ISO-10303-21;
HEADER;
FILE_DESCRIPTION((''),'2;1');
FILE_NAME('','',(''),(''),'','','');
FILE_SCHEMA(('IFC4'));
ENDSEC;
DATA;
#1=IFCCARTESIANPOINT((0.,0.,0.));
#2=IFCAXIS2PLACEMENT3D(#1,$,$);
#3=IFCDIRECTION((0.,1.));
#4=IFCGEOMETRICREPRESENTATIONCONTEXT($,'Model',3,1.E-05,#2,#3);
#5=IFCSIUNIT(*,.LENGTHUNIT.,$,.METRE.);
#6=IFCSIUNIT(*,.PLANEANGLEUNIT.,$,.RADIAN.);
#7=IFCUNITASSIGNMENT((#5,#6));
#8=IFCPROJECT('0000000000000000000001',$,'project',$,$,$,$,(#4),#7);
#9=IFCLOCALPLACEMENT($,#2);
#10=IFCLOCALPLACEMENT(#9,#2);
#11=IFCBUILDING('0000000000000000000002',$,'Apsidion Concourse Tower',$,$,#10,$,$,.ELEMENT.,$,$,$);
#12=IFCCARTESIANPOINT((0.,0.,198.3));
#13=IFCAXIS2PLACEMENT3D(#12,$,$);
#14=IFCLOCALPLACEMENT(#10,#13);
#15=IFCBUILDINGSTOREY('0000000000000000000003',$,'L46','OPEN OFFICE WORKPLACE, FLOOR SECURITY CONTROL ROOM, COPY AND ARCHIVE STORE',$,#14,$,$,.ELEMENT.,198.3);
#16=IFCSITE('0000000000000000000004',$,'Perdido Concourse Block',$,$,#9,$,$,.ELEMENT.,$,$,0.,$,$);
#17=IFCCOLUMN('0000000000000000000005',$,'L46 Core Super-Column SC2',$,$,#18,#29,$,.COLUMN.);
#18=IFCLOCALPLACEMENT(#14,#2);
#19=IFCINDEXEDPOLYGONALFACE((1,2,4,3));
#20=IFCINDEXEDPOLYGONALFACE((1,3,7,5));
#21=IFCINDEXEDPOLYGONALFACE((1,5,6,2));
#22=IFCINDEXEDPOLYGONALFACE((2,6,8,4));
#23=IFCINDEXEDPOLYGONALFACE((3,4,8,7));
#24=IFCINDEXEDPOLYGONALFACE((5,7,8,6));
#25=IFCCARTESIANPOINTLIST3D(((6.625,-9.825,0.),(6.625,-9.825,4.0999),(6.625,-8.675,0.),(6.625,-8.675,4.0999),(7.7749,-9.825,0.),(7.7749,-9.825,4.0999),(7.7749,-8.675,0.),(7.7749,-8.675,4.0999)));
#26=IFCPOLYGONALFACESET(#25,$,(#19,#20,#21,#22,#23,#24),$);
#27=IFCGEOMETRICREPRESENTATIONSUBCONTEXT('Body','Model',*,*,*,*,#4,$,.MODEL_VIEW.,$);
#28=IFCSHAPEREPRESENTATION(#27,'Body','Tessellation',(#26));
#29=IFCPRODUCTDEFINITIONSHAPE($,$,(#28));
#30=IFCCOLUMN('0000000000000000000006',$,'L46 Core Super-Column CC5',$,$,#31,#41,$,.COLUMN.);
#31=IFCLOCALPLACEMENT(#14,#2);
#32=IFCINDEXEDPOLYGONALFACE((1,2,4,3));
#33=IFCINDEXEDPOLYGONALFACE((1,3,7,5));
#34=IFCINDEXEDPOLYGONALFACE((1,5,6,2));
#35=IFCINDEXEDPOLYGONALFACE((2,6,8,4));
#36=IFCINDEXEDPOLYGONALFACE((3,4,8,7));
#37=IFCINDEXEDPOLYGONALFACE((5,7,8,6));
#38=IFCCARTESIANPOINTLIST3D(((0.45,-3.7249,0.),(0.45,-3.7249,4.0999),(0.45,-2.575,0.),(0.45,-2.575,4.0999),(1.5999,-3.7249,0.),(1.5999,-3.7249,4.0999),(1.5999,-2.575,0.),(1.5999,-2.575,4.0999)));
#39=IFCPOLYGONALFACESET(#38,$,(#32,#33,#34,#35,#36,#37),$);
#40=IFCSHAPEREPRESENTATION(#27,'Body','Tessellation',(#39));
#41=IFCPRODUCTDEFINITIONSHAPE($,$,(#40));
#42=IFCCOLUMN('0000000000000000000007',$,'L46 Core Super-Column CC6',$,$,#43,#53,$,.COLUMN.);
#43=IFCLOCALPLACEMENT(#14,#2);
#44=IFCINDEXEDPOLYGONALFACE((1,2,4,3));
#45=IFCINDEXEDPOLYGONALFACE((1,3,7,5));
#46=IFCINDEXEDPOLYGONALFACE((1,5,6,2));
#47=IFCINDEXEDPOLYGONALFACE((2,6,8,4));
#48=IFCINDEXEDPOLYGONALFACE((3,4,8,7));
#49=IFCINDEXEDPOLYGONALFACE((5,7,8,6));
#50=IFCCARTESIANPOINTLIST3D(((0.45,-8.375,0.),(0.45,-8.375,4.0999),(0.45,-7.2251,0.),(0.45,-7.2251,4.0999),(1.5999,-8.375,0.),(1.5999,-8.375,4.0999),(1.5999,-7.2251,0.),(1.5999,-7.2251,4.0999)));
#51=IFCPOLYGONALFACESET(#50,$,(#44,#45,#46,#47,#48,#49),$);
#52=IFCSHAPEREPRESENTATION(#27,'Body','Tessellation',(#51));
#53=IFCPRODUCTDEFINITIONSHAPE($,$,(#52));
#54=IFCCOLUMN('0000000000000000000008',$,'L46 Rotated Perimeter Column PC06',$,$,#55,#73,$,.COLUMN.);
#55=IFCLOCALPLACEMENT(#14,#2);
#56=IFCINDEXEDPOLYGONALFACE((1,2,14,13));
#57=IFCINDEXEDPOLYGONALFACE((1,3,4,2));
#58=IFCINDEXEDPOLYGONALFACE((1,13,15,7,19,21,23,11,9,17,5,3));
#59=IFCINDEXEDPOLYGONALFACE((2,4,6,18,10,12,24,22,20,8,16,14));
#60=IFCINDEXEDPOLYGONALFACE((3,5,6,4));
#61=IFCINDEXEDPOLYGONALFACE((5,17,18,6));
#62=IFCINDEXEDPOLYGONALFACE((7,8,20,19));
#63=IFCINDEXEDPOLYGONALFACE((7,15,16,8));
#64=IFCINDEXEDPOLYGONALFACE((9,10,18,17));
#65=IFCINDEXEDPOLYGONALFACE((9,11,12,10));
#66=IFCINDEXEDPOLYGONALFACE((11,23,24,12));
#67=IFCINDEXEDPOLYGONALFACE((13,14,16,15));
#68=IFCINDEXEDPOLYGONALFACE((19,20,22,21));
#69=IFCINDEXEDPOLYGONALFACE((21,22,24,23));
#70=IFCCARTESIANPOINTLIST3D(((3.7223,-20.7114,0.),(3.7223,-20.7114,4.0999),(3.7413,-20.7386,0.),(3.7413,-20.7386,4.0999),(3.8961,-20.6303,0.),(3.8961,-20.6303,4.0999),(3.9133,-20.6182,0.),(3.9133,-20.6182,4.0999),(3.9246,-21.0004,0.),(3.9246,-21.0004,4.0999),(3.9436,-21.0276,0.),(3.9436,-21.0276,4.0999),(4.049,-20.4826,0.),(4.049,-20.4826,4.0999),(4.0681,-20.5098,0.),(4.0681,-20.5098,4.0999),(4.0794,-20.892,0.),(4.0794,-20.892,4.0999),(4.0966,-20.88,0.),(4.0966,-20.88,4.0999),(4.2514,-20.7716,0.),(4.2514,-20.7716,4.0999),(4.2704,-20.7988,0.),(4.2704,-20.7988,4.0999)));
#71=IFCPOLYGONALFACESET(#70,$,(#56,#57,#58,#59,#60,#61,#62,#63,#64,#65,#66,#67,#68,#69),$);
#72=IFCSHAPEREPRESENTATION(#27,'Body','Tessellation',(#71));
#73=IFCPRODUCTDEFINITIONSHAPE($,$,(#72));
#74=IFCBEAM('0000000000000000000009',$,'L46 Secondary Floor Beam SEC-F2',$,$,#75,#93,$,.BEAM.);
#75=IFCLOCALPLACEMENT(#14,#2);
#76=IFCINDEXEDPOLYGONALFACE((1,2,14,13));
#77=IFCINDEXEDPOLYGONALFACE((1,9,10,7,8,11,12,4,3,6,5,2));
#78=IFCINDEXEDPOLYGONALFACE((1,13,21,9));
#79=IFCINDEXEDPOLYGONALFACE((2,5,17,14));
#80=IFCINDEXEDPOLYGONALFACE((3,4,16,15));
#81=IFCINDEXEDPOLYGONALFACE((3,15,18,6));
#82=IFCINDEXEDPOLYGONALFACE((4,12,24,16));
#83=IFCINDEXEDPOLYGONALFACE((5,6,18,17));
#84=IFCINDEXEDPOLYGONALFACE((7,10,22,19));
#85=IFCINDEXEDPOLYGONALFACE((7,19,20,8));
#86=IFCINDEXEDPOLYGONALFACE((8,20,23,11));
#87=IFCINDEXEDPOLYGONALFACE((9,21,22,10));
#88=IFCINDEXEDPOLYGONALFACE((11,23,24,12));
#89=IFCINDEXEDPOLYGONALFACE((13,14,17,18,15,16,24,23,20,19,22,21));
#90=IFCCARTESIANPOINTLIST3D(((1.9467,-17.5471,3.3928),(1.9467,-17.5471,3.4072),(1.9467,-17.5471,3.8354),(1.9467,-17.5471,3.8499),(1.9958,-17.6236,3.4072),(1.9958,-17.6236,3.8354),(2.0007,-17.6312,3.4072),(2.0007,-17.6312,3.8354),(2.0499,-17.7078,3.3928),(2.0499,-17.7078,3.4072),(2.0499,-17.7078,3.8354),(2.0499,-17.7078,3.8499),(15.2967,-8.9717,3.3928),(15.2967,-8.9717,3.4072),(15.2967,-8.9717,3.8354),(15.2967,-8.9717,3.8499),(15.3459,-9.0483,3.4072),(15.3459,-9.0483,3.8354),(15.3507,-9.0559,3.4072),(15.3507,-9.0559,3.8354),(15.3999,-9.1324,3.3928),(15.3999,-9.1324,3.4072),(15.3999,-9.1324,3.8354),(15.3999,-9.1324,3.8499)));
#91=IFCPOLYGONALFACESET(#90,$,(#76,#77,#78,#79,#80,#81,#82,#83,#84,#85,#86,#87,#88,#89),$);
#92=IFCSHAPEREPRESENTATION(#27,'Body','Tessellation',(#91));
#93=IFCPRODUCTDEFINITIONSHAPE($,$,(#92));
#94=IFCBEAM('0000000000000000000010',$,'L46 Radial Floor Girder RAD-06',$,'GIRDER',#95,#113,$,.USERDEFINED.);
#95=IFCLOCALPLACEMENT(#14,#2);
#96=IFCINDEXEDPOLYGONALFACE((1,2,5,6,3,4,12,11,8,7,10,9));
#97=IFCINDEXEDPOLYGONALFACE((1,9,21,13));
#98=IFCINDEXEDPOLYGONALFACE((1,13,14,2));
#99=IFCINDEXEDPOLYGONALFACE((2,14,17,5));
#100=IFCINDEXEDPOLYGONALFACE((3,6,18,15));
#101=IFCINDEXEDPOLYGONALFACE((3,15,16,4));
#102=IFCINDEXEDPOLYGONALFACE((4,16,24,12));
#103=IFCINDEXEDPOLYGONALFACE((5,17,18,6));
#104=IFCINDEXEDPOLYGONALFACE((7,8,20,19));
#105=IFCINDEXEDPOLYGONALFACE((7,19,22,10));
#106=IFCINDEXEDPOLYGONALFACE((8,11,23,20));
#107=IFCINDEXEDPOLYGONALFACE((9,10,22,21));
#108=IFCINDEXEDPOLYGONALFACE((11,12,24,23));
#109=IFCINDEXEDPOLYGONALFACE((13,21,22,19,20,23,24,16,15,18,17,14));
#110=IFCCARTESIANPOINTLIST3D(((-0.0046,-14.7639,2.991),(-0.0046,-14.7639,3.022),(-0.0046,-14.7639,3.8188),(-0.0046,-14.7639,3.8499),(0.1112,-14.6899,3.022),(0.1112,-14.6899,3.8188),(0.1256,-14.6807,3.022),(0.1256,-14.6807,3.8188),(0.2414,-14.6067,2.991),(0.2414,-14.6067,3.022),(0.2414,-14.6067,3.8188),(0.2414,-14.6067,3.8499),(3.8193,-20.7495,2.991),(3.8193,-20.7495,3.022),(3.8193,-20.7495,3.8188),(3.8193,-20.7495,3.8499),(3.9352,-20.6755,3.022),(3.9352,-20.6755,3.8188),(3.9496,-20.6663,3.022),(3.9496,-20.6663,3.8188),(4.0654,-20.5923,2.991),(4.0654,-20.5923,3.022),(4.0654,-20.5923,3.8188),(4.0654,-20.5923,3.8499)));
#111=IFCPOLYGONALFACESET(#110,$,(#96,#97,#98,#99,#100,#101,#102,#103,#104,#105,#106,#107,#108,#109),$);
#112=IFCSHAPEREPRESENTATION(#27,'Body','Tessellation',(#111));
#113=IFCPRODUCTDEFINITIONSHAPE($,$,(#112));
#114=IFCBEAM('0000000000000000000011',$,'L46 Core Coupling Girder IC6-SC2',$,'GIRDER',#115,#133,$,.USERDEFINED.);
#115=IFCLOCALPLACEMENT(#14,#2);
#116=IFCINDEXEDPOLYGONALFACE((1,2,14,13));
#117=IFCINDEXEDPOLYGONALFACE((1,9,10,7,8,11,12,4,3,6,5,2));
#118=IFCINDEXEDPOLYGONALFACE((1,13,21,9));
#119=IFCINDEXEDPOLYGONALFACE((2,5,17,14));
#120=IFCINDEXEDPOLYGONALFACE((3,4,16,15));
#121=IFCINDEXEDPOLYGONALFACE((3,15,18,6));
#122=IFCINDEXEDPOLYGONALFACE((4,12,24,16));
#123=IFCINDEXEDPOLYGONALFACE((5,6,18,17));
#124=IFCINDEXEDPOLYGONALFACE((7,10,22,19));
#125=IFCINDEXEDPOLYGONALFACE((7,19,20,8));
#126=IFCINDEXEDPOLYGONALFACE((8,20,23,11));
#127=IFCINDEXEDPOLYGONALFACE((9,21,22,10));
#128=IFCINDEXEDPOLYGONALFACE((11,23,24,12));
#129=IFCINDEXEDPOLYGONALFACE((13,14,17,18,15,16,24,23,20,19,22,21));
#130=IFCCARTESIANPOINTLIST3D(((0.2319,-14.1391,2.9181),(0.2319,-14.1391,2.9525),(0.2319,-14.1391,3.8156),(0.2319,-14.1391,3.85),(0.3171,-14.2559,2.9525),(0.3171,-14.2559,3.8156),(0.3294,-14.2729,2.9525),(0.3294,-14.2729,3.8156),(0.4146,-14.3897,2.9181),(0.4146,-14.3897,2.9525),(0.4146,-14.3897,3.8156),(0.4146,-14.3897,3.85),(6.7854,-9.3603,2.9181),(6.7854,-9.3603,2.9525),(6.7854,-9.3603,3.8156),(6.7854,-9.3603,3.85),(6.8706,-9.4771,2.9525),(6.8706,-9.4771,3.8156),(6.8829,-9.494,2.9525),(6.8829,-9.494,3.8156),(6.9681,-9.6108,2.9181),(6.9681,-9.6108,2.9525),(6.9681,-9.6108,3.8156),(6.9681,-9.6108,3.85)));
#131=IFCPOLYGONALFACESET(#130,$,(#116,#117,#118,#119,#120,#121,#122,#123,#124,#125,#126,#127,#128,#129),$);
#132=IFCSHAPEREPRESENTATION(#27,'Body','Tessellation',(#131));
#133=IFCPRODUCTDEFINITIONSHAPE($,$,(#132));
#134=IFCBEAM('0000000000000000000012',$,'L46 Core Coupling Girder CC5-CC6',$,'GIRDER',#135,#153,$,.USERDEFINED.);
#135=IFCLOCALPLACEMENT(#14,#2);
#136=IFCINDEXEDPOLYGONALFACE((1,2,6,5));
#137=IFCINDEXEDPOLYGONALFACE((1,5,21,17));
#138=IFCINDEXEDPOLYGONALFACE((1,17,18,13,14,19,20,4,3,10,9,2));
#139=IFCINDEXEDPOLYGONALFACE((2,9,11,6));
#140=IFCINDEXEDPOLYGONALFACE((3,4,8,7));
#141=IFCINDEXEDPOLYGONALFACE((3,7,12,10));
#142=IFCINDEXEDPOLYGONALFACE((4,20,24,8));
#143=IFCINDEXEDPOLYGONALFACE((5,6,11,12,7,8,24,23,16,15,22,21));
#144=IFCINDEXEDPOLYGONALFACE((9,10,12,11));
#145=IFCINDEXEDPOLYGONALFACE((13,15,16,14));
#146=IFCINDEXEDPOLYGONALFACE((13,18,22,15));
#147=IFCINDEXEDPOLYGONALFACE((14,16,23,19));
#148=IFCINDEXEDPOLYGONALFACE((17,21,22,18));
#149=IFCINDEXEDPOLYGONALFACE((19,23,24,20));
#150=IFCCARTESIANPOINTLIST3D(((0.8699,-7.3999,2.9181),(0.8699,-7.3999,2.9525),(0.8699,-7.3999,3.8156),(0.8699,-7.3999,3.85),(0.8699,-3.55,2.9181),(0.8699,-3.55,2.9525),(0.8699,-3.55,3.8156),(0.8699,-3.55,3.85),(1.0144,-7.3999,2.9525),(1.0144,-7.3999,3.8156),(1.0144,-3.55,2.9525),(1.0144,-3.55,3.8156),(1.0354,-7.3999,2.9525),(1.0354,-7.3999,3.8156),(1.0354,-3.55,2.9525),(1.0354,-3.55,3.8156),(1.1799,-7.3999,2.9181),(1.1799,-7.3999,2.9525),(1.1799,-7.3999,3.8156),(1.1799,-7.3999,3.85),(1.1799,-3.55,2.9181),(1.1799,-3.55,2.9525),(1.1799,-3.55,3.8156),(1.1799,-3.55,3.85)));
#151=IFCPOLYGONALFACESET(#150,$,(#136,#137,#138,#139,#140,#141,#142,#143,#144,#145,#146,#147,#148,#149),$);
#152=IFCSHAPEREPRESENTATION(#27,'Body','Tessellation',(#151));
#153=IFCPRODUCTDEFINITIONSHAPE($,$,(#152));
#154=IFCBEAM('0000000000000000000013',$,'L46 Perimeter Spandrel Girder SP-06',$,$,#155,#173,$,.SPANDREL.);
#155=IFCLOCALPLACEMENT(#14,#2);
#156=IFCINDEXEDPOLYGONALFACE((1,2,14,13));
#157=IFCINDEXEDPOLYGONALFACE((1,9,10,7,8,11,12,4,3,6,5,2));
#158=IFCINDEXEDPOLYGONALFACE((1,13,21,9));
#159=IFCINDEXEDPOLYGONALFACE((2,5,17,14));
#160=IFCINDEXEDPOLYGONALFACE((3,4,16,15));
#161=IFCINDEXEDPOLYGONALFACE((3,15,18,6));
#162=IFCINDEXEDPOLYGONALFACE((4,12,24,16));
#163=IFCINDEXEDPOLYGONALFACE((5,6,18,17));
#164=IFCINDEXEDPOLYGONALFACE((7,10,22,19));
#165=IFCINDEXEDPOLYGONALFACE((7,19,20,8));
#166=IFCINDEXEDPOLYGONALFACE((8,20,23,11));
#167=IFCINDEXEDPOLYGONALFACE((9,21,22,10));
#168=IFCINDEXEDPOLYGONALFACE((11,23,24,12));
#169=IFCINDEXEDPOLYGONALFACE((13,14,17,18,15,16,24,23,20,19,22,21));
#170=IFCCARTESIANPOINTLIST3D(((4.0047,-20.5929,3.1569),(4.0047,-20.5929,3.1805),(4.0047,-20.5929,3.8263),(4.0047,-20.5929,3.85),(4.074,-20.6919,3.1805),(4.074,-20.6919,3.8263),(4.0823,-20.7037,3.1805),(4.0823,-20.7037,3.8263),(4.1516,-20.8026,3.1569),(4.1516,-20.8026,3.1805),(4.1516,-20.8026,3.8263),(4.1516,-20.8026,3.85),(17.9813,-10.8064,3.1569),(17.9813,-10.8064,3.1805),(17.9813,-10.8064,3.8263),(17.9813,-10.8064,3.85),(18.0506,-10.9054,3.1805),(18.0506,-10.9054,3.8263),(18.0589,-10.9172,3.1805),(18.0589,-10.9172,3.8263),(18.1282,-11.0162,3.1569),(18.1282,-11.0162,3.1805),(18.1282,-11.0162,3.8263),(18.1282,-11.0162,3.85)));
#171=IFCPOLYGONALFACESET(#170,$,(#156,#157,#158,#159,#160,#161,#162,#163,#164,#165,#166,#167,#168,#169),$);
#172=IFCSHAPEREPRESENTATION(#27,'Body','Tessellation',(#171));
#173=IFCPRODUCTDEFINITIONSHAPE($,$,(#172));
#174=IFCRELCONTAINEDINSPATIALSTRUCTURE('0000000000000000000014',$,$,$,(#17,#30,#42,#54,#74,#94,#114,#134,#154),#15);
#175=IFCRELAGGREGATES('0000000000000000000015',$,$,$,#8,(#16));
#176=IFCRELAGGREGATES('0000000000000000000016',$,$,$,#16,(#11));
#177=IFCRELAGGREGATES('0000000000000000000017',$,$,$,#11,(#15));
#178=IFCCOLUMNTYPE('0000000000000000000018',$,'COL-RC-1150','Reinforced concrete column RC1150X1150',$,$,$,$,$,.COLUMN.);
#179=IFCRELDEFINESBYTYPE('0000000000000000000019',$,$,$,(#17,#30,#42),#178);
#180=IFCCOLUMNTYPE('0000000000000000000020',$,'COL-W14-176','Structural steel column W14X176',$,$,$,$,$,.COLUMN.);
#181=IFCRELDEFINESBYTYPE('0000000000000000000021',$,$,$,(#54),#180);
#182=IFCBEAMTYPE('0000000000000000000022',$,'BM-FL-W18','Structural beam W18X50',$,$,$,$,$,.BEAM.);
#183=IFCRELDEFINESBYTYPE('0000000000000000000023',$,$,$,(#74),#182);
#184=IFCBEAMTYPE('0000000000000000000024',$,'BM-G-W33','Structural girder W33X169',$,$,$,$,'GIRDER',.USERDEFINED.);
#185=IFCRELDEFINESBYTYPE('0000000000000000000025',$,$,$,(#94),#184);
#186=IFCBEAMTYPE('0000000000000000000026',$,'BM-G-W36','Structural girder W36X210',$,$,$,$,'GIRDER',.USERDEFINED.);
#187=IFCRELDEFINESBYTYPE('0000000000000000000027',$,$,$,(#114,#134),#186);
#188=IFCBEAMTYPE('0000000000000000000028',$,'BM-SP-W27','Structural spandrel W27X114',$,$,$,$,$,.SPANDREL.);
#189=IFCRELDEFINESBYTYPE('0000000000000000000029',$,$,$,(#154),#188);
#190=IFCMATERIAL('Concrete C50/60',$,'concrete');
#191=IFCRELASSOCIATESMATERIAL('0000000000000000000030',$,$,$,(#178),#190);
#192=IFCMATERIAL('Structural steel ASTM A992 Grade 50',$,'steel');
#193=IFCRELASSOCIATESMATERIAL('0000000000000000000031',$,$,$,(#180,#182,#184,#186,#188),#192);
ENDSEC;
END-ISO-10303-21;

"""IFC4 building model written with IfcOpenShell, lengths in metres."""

from ifc_helpers import new_model, si_unit, direction, frame, origin, origin_2d, place, context, subcontext, project, spatial, rectangle, i_section, extrude, material, material_profile, profile_set, type_object, element, save


model = new_model("IFC4")

# Units and contexts
model_context = context("Model", 3, precision=1e-05, world=origin(), true_north=direction((0.0, 1.0)))
body_context = subcontext(model_context, "Body", "Model", "MODEL_VIEW")
ifc_project = project(units=[si_unit("LENGTHUNIT", "METRE"), si_unit("PLANEANGLEUNIT", "RADIAN")], contexts=[model_context])

# Site, building, storey
site_placement = place(None, origin())
site = spatial("IfcSite", under=ifc_project, at=site_placement, Name="Perdido Concourse Block", CompositionType="ELEMENT", RefElevation=0.0)
building_placement = place(site_placement, origin())
building = spatial("IfcBuilding", under=site, at=building_placement, Name="Apsidion Concourse Tower", CompositionType="ELEMENT")
storey_placement = place(building_placement, frame((0.0, 0.0, 198.3)))
storey = spatial("IfcBuildingStorey", under=building, at=storey_placement, Name="L46", Description="OPEN OFFICE WORKPLACE, FLOOR SECURITY CONTROL ROOM, COPY AND ARCHIVE STORE", CompositionType="ELEMENT", Elevation=198.3)

# Columns
ifc_material_1 = material(Name="Concrete C50/60", Category="concrete")
ifc_material_profile_1 = material_profile(ifc_material_1, rectangle(XDim=1.1499, YDim=1.1499, at=origin_2d()), Name="RC 1150x1150")
ifc_profile_set_1 = profile_set([ifc_material_profile_1], Name="Concrete C50/60")
column_type_1 = type_object("IfcColumnType", Name="COL-RC-1150", Description="Reinforced concrete column RC1150X1150", PredefinedType="COLUMN", material=ifc_profile_set_1)
for number, where, z_axis, x_axis, name in (
    (1, (7.2, -9.25, 0.0), (0.0, 0.0, 1.0), (1.0, 0.0, 0.0), "L46 Core Super-Column SC2"),
    (2, (1.0249, -3.1499, 0.0), (0.0, 0.0, 1.0), (1.0, 0.0, 0.0), "L46 Core Super-Column CC5"),
    (3, (1.0249, -7.8, 0.0), (0.0, 0.0, 1.0), (1.0, 0.0, 0.0), "L46 Core Super-Column CC6"),
):
    element("IfcColumn", number, at=place(storey_placement, frame(where, z_axis=z_axis, x_axis=x_axis)), inside=storey, type_object=column_type_1, Name=name, PredefinedType="COLUMN", context=body_context, shape_type="SweptSolid", body=[
        extrude(rectangle(XDim=1.1499, YDim=1.1499, at=origin_2d()), origin(), (0.0, 0.0, 1.0), 4.0999),
    ])
ifc_material_2 = material(Name="Structural steel ASTM A992 Grade 50", Category="steel")
ifc_material_profile_2 = material_profile(ifc_material_2, i_section(OverallWidth=0.3989, OverallDepth=0.386, WebThickness=0.021, FlangeThickness=0.0332, at=origin_2d()), Name="W14X176")
ifc_profile_set_2 = profile_set([ifc_material_profile_2], Name="Structural steel ASTM A992 Grade 50")
column_type_2 = type_object("IfcColumnType", Name="COL-W14-176", Description="Structural steel column W14X176", PredefinedType="COLUMN", material=ifc_profile_set_2)
column_placement = place(storey_placement, frame((3.9963, -20.7551, 0.0), z_axis=(0.0, 0.0, 1.0), x_axis=(0.819152, 0.573576, 0.0)))
element("IfcColumn", 4, at=column_placement, inside=storey, type_object=column_type_2, Name="L46 Rotated Perimeter Column PC06", PredefinedType="COLUMN", context=body_context, shape_type="SweptSolid", body=[
    extrude(i_section(OverallWidth=0.3989, OverallDepth=0.386, WebThickness=0.021, FlangeThickness=0.0332, at=origin_2d()), origin(), (0.0, 0.0, 1.0), 4.0999),
])

# Beams
ifc_material_profile_3 = material_profile(ifc_material_2, i_section(OverallWidth=0.1909, OverallDepth=0.457, WebThickness=0.009, FlangeThickness=0.0144, at=origin_2d()), Name="W18X50")
ifc_profile_set_3 = profile_set([ifc_material_profile_3], Name="Structural steel ASTM A992 Grade 50")
beam_type_1 = type_object("IfcBeamType", Name="BM-FL-W18", Description="Structural beam W18X50", PredefinedType="BEAM", material=ifc_profile_set_3)
beam_1_placement = place(storey_placement, frame((1.9983, -17.6274, 3.6213), z_axis=(0.841372, 0.540456, 0.0), x_axis=(-0.540456, 0.841372, 0.0)))
element("IfcBeam", 5, at=beam_1_placement, inside=storey, type_object=beam_type_1, Name="L46 Secondary Floor Beam SEC-F2", PredefinedType="BEAM", context=body_context, shape_type="SweptSolid", body=[
    extrude(i_section(OverallWidth=0.1909, OverallDepth=0.457, WebThickness=0.009, FlangeThickness=0.0144, at=origin_2d()), origin(), (0.0, 0.0, 1.0), 15.8669),
])
ifc_material_profile_4 = material_profile(ifc_material_2, i_section(OverallWidth=0.292, OverallDepth=0.8589, WebThickness=0.0171, FlangeThickness=0.031, at=origin_2d()), Name="W33X169")
ifc_profile_set_4 = profile_set([ifc_material_profile_4], Name="Structural steel ASTM A992 Grade 50")
beam_type_2 = type_object("IfcBeamType", Name="BM-G-W33", Description="Structural girder W33X169", ElementType="GIRDER", PredefinedType="USERDEFINED", material=ifc_profile_set_4)
beam_2_placement = place(storey_placement, frame((0.1184, -14.6853, 3.4204), z_axis=(0.538374, -0.842706, 0.0), x_axis=(0.842706, 0.538374, 0.0)))
element("IfcBeam", 6, at=beam_2_placement, inside=storey, type_object=beam_type_2, Name="L46 Radial Floor Girder RAD-06", ObjectType="GIRDER", PredefinedType="USERDEFINED", context=body_context, shape_type="SweptSolid", body=[
    extrude(i_section(OverallWidth=0.292, OverallDepth=0.8589, WebThickness=0.0171, FlangeThickness=0.031, at=origin_2d()), origin(), (0.0, 0.0, 1.0), 7.1028),
])
ifc_material_profile_5 = material_profile(ifc_material_2, i_section(OverallWidth=0.3101, OverallDepth=0.9319, WebThickness=0.021, FlangeThickness=0.0344, at=origin_2d()), Name="W36X210")
ifc_profile_set_5 = profile_set([ifc_material_profile_5], Name="Structural steel ASTM A992 Grade 50")
beam_type_3 = type_object("IfcBeamType", Name="BM-G-W36", Description="Structural girder W36X210", ElementType="GIRDER", PredefinedType="USERDEFINED", material=ifc_profile_set_5)
beam_3_placement = place(storey_placement, frame((0.3232, -14.2644, 3.384), z_axis=(0.807993, 0.589191, 0.0), x_axis=(-0.589191, 0.807993, 0.0)))
element("IfcBeam", 7, at=beam_3_placement, inside=storey, type_object=beam_type_3, Name="L46 Core Coupling Girder IC6-SC2", ObjectType="GIRDER", PredefinedType="USERDEFINED", context=body_context, shape_type="SweptSolid", body=[
    extrude(i_section(OverallWidth=0.3101, OverallDepth=0.9319, WebThickness=0.021, FlangeThickness=0.0344, at=origin_2d()), origin(), (0.0, 0.0, 1.0), 8.1108),
])
beam_4_placement = place(storey_placement, frame((1.0249, -3.55, 3.384), z_axis=(0.0, -1.0, 0.0), x_axis=(1.0, 0.0, 0.0)))
element("IfcBeam", 8, at=beam_4_placement, inside=storey, type_object=beam_type_3, Name="L46 Core Coupling Girder CC5-CC6", ObjectType="GIRDER", PredefinedType="USERDEFINED", context=body_context, shape_type="SweptSolid", body=[
    extrude(i_section(OverallWidth=0.3101, OverallDepth=0.9319, WebThickness=0.021, FlangeThickness=0.0344, at=origin_2d()), origin(), (0.0, 0.0, 1.0), 3.8499),
])
ifc_material_profile_6 = material_profile(ifc_material_2, i_section(OverallWidth=0.2561, OverallDepth=0.6931, WebThickness=0.0144, FlangeThickness=0.0237, at=origin_2d()), Name="W27X114")
ifc_profile_set_6 = profile_set([ifc_material_profile_6], Name="Structural steel ASTM A992 Grade 50")
beam_type_4 = type_object("IfcBeamType", Name="BM-SP-W27", Description="Structural spandrel W27X114", PredefinedType="SPANDREL", material=ifc_profile_set_6)
beam_5_placement = place(storey_placement, frame((4.0781, -20.6978, 3.5034), z_axis=(0.819155, 0.573572, 0.0), x_axis=(-0.573572, 0.819155, 0.0)))
element("IfcBeam", 9, at=beam_5_placement, inside=storey, type_object=beam_type_4, Name="L46 Perimeter Spandrel Girder SP-06", PredefinedType="SPANDREL", context=body_context, shape_type="SweptSolid", body=[
    extrude(i_section(OverallWidth=0.2561, OverallDepth=0.6931, WebThickness=0.0144, FlangeThickness=0.0237, at=origin_2d()), origin(), (0.0, 0.0, 1.0), 17.0623),
])

save(model, "model.ifc")
